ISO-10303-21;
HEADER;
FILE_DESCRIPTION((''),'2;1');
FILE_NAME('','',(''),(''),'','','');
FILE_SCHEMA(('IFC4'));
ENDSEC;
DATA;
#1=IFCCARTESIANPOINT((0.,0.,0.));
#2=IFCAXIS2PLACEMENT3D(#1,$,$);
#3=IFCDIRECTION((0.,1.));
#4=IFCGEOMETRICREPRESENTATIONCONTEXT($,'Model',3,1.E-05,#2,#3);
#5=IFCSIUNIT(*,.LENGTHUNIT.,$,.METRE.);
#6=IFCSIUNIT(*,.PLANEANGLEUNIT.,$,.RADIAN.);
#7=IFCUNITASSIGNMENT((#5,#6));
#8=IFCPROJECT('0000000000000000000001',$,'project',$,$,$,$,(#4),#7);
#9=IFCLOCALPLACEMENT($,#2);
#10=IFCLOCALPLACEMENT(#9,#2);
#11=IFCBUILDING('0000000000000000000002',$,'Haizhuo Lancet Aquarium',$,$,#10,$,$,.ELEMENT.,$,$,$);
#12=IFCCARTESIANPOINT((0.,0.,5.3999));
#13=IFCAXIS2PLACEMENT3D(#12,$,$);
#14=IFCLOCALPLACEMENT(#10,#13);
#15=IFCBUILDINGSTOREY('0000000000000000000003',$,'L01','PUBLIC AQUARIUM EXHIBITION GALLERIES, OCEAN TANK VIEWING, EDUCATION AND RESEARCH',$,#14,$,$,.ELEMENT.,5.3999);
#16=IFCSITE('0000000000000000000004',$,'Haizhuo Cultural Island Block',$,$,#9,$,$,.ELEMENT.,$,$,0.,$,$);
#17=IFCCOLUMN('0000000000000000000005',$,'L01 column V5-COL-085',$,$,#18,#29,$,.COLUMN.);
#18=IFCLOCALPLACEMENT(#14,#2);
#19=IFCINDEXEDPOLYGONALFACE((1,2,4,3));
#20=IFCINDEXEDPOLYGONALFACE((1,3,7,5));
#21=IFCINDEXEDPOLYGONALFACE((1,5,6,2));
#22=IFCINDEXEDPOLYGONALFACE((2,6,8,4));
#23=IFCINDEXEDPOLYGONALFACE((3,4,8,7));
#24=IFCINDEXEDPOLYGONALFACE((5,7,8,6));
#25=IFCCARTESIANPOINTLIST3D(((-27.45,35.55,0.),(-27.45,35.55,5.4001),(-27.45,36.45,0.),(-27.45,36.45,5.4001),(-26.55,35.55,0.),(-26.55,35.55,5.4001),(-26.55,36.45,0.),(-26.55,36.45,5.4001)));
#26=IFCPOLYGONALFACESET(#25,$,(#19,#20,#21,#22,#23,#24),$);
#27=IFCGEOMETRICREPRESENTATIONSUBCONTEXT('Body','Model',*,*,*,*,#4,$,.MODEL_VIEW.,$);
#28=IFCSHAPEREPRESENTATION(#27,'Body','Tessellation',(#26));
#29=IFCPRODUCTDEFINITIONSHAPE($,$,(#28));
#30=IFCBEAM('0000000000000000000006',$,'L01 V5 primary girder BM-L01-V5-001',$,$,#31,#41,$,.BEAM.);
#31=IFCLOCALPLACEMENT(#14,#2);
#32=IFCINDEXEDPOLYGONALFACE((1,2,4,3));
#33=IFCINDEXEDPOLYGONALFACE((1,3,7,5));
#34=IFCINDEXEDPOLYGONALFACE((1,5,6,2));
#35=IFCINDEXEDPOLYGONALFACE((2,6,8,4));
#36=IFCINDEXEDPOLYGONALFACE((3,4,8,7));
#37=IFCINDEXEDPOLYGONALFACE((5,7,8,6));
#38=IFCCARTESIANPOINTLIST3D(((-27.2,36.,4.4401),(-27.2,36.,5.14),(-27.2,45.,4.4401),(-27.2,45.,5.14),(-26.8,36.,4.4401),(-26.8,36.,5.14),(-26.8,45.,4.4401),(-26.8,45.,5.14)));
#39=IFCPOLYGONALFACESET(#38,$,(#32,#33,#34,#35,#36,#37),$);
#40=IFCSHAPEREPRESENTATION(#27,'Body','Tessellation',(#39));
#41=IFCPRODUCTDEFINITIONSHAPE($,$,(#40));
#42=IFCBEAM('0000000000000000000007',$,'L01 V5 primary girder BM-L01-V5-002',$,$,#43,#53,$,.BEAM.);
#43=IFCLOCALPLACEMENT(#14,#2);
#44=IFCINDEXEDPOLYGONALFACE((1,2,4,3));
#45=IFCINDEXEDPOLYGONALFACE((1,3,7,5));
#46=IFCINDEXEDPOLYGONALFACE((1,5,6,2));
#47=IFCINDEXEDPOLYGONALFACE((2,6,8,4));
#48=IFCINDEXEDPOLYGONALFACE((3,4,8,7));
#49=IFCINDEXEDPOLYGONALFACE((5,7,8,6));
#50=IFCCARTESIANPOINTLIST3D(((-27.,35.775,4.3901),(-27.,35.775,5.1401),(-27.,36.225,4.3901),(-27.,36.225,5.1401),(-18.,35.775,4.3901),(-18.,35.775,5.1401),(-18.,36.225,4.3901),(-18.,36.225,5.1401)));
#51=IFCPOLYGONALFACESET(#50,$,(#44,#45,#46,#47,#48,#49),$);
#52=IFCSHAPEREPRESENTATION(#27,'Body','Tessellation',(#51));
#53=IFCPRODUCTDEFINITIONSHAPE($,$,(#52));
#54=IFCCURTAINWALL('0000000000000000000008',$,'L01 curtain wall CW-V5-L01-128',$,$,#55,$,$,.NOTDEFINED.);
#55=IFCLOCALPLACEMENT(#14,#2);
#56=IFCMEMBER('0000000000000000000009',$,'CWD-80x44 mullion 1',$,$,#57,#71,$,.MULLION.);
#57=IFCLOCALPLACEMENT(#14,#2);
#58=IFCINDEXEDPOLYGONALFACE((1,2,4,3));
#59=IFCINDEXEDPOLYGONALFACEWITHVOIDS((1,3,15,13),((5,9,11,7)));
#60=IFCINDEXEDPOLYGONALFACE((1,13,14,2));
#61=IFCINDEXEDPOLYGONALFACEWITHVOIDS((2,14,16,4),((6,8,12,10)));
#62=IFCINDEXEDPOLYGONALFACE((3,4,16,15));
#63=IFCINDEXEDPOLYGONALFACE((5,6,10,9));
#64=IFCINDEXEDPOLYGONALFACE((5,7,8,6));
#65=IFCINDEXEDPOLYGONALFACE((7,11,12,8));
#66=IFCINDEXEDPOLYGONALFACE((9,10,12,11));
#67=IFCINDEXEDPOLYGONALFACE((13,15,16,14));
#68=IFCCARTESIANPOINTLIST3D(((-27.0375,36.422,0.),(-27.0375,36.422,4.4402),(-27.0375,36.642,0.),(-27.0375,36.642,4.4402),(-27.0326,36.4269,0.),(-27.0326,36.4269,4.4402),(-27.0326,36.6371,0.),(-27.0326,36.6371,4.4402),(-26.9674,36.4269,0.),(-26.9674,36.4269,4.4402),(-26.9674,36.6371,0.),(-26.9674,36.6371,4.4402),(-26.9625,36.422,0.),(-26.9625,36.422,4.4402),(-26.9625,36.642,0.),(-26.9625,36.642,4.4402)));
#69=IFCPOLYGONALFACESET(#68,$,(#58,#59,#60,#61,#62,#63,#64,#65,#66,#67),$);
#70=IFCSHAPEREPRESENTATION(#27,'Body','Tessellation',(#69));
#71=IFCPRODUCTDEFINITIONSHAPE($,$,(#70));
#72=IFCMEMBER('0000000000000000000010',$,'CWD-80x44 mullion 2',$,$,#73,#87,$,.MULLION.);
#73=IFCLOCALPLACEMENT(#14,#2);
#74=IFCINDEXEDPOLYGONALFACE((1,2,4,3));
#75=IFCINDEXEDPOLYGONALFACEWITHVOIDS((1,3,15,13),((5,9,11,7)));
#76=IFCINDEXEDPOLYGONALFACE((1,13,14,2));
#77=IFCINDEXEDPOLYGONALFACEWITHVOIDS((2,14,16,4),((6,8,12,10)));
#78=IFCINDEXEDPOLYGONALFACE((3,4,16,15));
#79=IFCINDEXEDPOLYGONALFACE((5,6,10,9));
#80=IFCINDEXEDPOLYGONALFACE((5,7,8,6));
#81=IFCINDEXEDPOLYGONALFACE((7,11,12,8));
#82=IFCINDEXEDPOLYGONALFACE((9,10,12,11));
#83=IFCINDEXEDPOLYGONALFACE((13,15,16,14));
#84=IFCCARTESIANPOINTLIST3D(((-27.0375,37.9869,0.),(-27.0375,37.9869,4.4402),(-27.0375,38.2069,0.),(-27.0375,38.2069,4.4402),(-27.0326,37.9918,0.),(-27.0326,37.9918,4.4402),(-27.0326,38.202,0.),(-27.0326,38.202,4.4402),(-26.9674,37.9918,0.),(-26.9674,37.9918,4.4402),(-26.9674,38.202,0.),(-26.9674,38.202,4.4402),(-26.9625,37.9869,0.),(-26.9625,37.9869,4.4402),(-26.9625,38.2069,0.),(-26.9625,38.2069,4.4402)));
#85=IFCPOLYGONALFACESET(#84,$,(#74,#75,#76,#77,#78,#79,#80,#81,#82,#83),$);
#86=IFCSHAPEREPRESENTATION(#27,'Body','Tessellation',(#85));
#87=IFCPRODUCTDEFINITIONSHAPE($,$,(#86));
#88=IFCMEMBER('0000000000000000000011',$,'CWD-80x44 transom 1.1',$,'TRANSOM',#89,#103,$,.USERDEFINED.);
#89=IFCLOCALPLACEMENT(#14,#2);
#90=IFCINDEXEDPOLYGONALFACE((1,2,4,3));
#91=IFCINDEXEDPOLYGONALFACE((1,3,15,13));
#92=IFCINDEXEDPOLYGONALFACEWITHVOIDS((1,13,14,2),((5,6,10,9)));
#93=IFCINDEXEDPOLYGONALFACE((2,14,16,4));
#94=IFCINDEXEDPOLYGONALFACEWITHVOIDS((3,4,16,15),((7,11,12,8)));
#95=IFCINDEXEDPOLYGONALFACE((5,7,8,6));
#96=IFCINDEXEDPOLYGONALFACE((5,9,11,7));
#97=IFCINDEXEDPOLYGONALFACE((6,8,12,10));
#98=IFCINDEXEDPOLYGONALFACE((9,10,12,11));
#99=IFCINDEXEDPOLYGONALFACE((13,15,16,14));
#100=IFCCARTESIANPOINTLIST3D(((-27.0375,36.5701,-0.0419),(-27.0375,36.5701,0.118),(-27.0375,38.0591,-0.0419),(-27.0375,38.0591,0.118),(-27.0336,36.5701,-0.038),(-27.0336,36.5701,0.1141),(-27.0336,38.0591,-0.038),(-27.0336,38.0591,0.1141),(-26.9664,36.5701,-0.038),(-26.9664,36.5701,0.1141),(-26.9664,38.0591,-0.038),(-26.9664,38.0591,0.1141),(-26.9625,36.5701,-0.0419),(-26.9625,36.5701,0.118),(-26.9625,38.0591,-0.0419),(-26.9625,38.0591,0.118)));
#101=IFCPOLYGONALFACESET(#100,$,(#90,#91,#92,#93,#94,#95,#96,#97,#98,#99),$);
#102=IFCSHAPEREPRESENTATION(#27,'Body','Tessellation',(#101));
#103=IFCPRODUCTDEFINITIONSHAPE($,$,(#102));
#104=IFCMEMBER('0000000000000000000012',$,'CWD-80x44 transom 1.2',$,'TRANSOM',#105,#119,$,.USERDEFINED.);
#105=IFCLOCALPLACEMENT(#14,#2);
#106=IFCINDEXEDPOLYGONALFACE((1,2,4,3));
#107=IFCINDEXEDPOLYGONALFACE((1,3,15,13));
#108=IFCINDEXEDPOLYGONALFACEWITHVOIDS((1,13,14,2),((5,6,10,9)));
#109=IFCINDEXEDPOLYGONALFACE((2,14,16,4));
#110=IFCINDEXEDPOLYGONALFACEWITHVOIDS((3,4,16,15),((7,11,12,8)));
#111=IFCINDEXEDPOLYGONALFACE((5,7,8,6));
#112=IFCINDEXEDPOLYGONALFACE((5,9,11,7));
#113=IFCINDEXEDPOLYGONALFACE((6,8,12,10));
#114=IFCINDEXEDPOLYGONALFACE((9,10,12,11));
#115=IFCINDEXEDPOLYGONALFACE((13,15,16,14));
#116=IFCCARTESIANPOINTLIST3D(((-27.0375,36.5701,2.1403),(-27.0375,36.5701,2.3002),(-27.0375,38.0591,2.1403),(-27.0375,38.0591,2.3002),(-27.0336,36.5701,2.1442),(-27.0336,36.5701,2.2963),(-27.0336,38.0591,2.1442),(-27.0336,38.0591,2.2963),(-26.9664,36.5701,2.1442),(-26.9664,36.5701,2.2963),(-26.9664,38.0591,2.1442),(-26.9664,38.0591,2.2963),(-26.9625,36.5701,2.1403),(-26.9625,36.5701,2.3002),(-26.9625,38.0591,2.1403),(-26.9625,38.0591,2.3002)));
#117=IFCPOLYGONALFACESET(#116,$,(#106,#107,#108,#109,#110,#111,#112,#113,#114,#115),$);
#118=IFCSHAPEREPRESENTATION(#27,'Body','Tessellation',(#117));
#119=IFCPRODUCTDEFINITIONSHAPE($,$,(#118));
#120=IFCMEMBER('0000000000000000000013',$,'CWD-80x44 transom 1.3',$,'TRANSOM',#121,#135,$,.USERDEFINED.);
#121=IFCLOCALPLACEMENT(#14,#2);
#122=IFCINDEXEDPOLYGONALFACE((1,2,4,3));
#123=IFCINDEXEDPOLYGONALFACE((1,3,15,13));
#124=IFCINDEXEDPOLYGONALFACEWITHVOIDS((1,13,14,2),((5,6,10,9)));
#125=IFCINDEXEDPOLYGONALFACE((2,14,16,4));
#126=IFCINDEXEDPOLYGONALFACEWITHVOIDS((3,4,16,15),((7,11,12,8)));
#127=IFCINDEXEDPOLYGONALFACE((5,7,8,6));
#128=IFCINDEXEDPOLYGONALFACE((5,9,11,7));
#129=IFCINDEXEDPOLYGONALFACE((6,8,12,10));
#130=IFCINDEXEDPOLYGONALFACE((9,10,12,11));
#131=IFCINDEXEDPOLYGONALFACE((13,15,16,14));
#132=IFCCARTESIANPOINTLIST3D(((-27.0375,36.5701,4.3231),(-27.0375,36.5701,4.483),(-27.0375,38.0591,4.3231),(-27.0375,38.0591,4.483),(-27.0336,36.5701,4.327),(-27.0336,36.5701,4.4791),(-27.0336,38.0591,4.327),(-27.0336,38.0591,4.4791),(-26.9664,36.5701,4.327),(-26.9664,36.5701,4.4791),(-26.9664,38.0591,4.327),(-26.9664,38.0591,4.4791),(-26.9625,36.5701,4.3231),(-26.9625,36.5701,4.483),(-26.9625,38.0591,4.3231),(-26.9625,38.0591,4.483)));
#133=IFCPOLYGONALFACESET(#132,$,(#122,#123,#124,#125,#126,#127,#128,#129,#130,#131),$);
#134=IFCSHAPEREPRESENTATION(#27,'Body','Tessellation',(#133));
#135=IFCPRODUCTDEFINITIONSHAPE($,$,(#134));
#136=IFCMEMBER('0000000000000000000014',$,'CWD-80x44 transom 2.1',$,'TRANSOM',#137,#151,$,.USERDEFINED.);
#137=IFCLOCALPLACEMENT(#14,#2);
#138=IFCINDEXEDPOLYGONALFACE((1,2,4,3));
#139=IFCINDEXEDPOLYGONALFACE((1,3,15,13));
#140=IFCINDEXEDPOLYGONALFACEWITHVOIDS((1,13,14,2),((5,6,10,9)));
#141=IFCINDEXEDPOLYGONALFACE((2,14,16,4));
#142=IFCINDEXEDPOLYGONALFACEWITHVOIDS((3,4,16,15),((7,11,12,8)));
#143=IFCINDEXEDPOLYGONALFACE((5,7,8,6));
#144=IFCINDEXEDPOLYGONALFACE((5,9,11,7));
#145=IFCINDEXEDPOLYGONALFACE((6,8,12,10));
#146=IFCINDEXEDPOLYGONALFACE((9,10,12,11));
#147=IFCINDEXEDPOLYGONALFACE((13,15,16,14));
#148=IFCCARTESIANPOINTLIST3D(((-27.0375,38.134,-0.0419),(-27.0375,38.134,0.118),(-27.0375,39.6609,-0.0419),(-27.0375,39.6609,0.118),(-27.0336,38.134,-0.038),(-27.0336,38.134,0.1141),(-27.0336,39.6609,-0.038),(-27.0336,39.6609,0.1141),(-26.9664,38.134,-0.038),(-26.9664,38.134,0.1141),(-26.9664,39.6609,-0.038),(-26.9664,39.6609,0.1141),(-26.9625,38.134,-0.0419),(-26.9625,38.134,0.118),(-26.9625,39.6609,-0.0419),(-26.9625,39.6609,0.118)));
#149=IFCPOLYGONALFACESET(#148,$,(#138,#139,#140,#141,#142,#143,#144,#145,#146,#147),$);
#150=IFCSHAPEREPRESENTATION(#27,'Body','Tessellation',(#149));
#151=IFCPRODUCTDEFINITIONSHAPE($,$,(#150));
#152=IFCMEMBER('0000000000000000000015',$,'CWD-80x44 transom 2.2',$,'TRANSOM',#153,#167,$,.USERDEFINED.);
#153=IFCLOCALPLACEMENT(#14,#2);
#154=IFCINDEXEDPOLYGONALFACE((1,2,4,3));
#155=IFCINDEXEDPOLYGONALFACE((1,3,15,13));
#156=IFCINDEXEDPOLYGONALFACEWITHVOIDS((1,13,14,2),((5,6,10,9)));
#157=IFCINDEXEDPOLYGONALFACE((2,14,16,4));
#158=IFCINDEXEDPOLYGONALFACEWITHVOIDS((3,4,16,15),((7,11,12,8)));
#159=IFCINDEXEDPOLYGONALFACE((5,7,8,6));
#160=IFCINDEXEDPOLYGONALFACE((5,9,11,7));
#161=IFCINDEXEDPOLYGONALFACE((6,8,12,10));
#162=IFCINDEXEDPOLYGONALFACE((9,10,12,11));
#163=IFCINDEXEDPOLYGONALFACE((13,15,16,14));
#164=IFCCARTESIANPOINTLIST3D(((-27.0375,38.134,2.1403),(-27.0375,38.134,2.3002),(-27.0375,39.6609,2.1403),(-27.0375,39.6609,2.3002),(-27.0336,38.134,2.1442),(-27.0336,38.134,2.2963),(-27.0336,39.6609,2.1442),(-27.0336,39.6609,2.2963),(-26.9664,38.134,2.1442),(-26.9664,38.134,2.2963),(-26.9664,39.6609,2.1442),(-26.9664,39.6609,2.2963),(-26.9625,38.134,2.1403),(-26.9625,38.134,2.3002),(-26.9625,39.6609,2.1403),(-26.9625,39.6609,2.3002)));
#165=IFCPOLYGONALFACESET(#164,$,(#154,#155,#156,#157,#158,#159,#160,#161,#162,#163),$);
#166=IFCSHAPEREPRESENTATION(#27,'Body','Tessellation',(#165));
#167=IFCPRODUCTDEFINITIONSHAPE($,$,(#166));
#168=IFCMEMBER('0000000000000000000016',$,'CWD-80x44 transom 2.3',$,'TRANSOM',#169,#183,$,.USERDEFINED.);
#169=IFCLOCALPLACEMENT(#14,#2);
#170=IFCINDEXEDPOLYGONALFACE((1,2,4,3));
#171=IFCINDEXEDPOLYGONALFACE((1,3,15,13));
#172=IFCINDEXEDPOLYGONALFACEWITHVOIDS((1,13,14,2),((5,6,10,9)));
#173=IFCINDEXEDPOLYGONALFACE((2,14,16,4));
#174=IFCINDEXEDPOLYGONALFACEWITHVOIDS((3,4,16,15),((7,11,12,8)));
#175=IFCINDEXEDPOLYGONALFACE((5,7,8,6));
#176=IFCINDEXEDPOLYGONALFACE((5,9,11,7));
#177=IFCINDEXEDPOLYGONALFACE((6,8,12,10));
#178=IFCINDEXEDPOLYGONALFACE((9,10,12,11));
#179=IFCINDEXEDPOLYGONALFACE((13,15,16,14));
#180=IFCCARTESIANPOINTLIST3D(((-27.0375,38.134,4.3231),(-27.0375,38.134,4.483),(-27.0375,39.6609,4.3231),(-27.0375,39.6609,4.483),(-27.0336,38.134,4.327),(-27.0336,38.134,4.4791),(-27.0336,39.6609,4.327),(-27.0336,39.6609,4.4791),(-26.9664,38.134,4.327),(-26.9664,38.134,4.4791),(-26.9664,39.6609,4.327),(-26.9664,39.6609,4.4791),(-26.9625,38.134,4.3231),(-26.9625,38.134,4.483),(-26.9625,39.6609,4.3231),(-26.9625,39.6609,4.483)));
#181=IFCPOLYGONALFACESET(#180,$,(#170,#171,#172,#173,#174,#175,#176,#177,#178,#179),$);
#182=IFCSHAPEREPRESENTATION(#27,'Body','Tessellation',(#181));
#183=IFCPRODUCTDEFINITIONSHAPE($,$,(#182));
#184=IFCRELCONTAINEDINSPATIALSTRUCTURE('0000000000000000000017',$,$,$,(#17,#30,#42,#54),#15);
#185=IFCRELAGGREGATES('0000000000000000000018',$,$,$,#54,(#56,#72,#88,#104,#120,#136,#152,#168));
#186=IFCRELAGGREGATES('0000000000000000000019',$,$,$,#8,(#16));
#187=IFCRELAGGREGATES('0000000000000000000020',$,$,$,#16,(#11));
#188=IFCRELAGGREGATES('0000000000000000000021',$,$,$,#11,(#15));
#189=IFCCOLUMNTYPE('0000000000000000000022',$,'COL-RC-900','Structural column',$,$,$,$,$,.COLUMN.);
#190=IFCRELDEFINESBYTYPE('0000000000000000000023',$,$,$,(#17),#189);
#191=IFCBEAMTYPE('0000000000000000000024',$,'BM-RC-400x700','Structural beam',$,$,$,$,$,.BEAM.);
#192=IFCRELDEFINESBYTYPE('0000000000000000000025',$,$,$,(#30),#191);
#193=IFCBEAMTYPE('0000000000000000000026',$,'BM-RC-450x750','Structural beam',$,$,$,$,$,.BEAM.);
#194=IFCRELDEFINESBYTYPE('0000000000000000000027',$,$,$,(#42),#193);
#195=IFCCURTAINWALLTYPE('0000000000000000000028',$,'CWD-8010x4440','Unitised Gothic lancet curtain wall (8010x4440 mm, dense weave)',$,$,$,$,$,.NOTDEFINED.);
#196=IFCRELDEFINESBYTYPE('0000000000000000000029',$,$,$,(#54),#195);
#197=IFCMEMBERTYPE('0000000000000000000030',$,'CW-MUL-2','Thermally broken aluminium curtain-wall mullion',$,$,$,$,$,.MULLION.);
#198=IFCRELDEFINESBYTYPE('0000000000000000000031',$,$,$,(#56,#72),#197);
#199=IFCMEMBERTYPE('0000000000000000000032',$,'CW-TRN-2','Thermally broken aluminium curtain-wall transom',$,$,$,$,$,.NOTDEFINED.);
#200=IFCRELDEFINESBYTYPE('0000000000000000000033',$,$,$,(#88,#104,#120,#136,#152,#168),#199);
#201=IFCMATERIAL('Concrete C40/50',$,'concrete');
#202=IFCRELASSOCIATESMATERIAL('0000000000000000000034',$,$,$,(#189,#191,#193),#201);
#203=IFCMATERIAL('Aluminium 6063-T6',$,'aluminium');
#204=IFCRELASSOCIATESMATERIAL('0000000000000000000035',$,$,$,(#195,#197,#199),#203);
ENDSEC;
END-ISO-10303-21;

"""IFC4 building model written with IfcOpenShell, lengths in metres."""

from ifc_helpers import new_model, si_unit, direction, frame, origin, origin_2d, place, context, subcontext, project, spatial, rectangle, hollow_rectangle, extrude, material, material_profile, profile_set, type_object, element, aggregate, save


model = new_model("IFC4")

# Units and contexts
model_context = context("Model", 3, precision=1e-05, world=origin(), true_north=direction((0.0, 1.0)))
body_context = subcontext(model_context, "Body", "Model", "MODEL_VIEW")
ifc_project = project(units=[si_unit("LENGTHUNIT", "METRE"), si_unit("PLANEANGLEUNIT", "RADIAN")], contexts=[model_context])

# Site, building, storey
site_placement = place(None, origin())
site = spatial("IfcSite", under=ifc_project, at=site_placement, Name="Haizhuo Cultural Island Block", CompositionType="ELEMENT", RefElevation=0.0)
building_placement = place(site_placement, origin())
building = spatial("IfcBuilding", under=site, at=building_placement, Name="Haizhuo Lancet Aquarium", CompositionType="ELEMENT")
storey_placement = place(building_placement, frame((0.0, 0.0, 5.3999)))
storey = spatial("IfcBuildingStorey", under=building, at=storey_placement, Name="L01", Description="PUBLIC AQUARIUM EXHIBITION GALLERIES, OCEAN TANK VIEWING, EDUCATION AND RESEARCH", CompositionType="ELEMENT", Elevation=5.3999)

# Column
ifc_material_1 = material(Name="Concrete C40/50", Category="concrete")
ifc_material_profile_1 = material_profile(ifc_material_1, rectangle(XDim=0.8999, YDim=0.8999, at=origin_2d()), Name="RC-COL 900x900")
ifc_profile_set_1 = profile_set([ifc_material_profile_1], Name="Concrete C40/50")
column_type = type_object("IfcColumnType", Name="COL-RC-900", Description="Structural column", PredefinedType="COLUMN", material=ifc_profile_set_1)
column_placement = place(storey_placement, frame((-27.0, 36.0, 0.0), z_axis=(0.0, 0.0, 1.0), x_axis=(1.0, 0.0, 0.0)))
element("IfcColumn", 1, at=column_placement, inside=storey, type_object=column_type, Name="L01 column V5-COL-085", PredefinedType="COLUMN", context=body_context, shape_type="SweptSolid", body=[
    extrude(rectangle(XDim=0.8999, YDim=0.8999, at=origin_2d()), origin(), (0.0, 0.0, 1.0), 5.4001),
])

# Beams
ifc_material_profile_2 = material_profile(ifc_material_1, rectangle(XDim=0.3999, YDim=0.7, at=origin_2d()), Name="RC-BM 400x700")
ifc_profile_set_2 = profile_set([ifc_material_profile_2], Name="Concrete C40/50")
beam_type_1 = type_object("IfcBeamType", Name="BM-RC-400x700", Description="Structural beam", PredefinedType="BEAM", material=ifc_profile_set_2)
beam_1_placement = place(storey_placement, frame((-27.0, 36.0, 4.79), z_axis=(0.0, 1.0, 0.0), x_axis=(-1.0, 0.0, 0.0)))
element("IfcBeam", 2, at=beam_1_placement, inside=storey, type_object=beam_type_1, Name="L01 V5 primary girder BM-L01-V5-001", PredefinedType="BEAM", context=body_context, shape_type="SweptSolid", body=[
    extrude(rectangle(XDim=0.3999, YDim=0.7, at=origin_2d()), origin(), (0.0, 0.0, 1.0), 9.0),
])
ifc_material_profile_3 = material_profile(ifc_material_1, rectangle(XDim=0.45, YDim=0.75, at=origin_2d()), Name="RC-BM 450x750")
ifc_profile_set_3 = profile_set([ifc_material_profile_3], Name="Concrete C40/50")
beam_type_2 = type_object("IfcBeamType", Name="BM-RC-450x750", Description="Structural beam", PredefinedType="BEAM", material=ifc_profile_set_3)
beam_2_placement = place(storey_placement, frame((-27.0, 36.0, 4.7651), z_axis=(1.0, 0.0, 0.0), x_axis=(0.0, 1.0, 0.0)))
element("IfcBeam", 3, at=beam_2_placement, inside=storey, type_object=beam_type_2, Name="L01 V5 primary girder BM-L01-V5-002", PredefinedType="BEAM", context=body_context, shape_type="SweptSolid", body=[
    extrude(rectangle(XDim=0.45, YDim=0.75, at=origin_2d()), origin(), (0.0, 0.0, 1.0), 9.0),
])

# Curtain wall, members
ifc_material_2 = material(Name="Aluminium 6063-T6", Category="aluminium")
curtain_wall_type = type_object("IfcCurtainWallType", Name="CWD-8010x4440", Description="Unitised Gothic lancet curtain wall (8010x4440 mm, dense weave)", PredefinedType="NOTDEFINED", material=ifc_material_2)
curtain_wall_placement = place(storey_placement, origin())
curtain_wall = element("IfcCurtainWall", 4, at=curtain_wall_placement, inside=storey, type_object=curtain_wall_type, Name="L01 curtain wall CW-V5-L01-128", PredefinedType="NOTDEFINED")
ifc_material_profile_4 = material_profile(ifc_material_2, hollow_rectangle(XDim=0.075, YDim=0.22, WallThickness=0.0049, at=origin_2d()), Name="ALU-M 75x220x5")
ifc_profile_set_4 = profile_set([ifc_material_profile_4], Name="Aluminium 6063-T6")
member_type_1 = type_object("IfcMemberType", Name="CW-MUL-2", Description="Thermally broken aluminium curtain-wall mullion", PredefinedType="MULLION", material=ifc_profile_set_4)
member_1_placement = place(storey_placement, frame((-27.0, 36.532, 0.0), z_axis=(0.0, 0.0, 1.0), x_axis=(-1.0, 0.0, 0.0)))
member_1 = element("IfcMember", 5, at=member_1_placement, type_object=member_type_1, Name="CWD-80x44 mullion 1", PredefinedType="MULLION", context=body_context, shape_type="SweptSolid", body=[
    extrude(hollow_rectangle(XDim=0.075, YDim=0.22, WallThickness=0.0049, at=origin_2d()), origin(), (0.0, 0.0, 1.0), 4.4402),
])
member_2_placement = place(storey_placement, frame((-27.0, 38.0969, 0.0), z_axis=(0.0, 0.0, 1.0), x_axis=(-1.0, 0.0, 0.0)))
member_2 = element("IfcMember", 6, at=member_2_placement, type_object=member_type_1, Name="CWD-80x44 mullion 2", PredefinedType="MULLION", context=body_context, shape_type="SweptSolid", body=[
    extrude(hollow_rectangle(XDim=0.075, YDim=0.22, WallThickness=0.0049, at=origin_2d()), origin(), (0.0, 0.0, 1.0), 4.4402),
])
ifc_material_profile_5 = material_profile(ifc_material_2, hollow_rectangle(XDim=0.075, YDim=0.1599, WallThickness=0.0039, at=origin_2d()), Name="ALU-T 75x160x4")
ifc_profile_set_5 = profile_set([ifc_material_profile_5], Name="Aluminium 6063-T6")
member_type_2 = type_object("IfcMemberType", Name="CW-TRN-2", Description="Thermally broken aluminium curtain-wall transom", PredefinedType="NOTDEFINED", material=ifc_profile_set_5)
member_3_placement = place(storey_placement, frame((-27.0, 36.5701, 0.0381), z_axis=(0.0, 1.0, 0.0), x_axis=(-1.0, 0.0, 0.0)))
member_3 = element("IfcMember", 7, at=member_3_placement, type_object=member_type_2, Name="CWD-80x44 transom 1.1", ObjectType="TRANSOM", PredefinedType="USERDEFINED", context=body_context, shape_type="SweptSolid", body=[
    extrude(hollow_rectangle(XDim=0.075, YDim=0.1599, WallThickness=0.0039, at=origin_2d()), origin(), (0.0, 0.0, 1.0), 1.489),
])
member_4_placement = place(storey_placement, frame((-27.0, 36.5701, 2.2202), z_axis=(0.0, 1.0, 0.0), x_axis=(-1.0, 0.0, 0.0)))
member_4 = element("IfcMember", 8, at=member_4_placement, type_object=member_type_2, Name="CWD-80x44 transom 1.2", ObjectType="TRANSOM", PredefinedType="USERDEFINED", context=body_context, shape_type="SweptSolid", body=[
    extrude(hollow_rectangle(XDim=0.075, YDim=0.1599, WallThickness=0.0039, at=origin_2d()), origin(), (0.0, 0.0, 1.0), 1.489),
])
member_5_placement = place(storey_placement, frame((-27.0, 36.5701, 4.4031), z_axis=(0.0, 1.0, 0.0), x_axis=(-1.0, 0.0, 0.0)))
member_5 = element("IfcMember", 9, at=member_5_placement, type_object=member_type_2, Name="CWD-80x44 transom 1.3", ObjectType="TRANSOM", PredefinedType="USERDEFINED", context=body_context, shape_type="SweptSolid", body=[
    extrude(hollow_rectangle(XDim=0.075, YDim=0.1599, WallThickness=0.0039, at=origin_2d()), origin(), (0.0, 0.0, 1.0), 1.489),
])
member_6_placement = place(storey_placement, frame((-27.0, 38.134, 0.0381), z_axis=(0.0, 1.0, 0.0), x_axis=(-1.0, 0.0, 0.0)))
member_6 = element("IfcMember", 10, at=member_6_placement, type_object=member_type_2, Name="CWD-80x44 transom 2.1", ObjectType="TRANSOM", PredefinedType="USERDEFINED", context=body_context, shape_type="SweptSolid", body=[
    extrude(hollow_rectangle(XDim=0.075, YDim=0.1599, WallThickness=0.0039, at=origin_2d()), origin(), (0.0, 0.0, 1.0), 1.5269),
])
member_7_placement = place(storey_placement, frame((-27.0, 38.134, 2.2202), z_axis=(0.0, 1.0, 0.0), x_axis=(-1.0, 0.0, 0.0)))
member_7 = element("IfcMember", 11, at=member_7_placement, type_object=member_type_2, Name="CWD-80x44 transom 2.2", ObjectType="TRANSOM", PredefinedType="USERDEFINED", context=body_context, shape_type="SweptSolid", body=[
    extrude(hollow_rectangle(XDim=0.075, YDim=0.1599, WallThickness=0.0039, at=origin_2d()), origin(), (0.0, 0.0, 1.0), 1.5269),
])
member_8_placement = place(storey_placement, frame((-27.0, 38.134, 4.4031), z_axis=(0.0, 1.0, 0.0), x_axis=(-1.0, 0.0, 0.0)))
member_8 = element("IfcMember", 12, at=member_8_placement, type_object=member_type_2, Name="CWD-80x44 transom 2.3", ObjectType="TRANSOM", PredefinedType="USERDEFINED", context=body_context, shape_type="SweptSolid", body=[
    extrude(hollow_rectangle(XDim=0.075, YDim=0.1599, WallThickness=0.0039, at=origin_2d()), origin(), (0.0, 0.0, 1.0), 1.5269),
])

aggregate(curtain_wall, [member_1, member_2, member_3, member_4, member_5, member_6, member_7, member_8])

save(model, "model.ifc")
